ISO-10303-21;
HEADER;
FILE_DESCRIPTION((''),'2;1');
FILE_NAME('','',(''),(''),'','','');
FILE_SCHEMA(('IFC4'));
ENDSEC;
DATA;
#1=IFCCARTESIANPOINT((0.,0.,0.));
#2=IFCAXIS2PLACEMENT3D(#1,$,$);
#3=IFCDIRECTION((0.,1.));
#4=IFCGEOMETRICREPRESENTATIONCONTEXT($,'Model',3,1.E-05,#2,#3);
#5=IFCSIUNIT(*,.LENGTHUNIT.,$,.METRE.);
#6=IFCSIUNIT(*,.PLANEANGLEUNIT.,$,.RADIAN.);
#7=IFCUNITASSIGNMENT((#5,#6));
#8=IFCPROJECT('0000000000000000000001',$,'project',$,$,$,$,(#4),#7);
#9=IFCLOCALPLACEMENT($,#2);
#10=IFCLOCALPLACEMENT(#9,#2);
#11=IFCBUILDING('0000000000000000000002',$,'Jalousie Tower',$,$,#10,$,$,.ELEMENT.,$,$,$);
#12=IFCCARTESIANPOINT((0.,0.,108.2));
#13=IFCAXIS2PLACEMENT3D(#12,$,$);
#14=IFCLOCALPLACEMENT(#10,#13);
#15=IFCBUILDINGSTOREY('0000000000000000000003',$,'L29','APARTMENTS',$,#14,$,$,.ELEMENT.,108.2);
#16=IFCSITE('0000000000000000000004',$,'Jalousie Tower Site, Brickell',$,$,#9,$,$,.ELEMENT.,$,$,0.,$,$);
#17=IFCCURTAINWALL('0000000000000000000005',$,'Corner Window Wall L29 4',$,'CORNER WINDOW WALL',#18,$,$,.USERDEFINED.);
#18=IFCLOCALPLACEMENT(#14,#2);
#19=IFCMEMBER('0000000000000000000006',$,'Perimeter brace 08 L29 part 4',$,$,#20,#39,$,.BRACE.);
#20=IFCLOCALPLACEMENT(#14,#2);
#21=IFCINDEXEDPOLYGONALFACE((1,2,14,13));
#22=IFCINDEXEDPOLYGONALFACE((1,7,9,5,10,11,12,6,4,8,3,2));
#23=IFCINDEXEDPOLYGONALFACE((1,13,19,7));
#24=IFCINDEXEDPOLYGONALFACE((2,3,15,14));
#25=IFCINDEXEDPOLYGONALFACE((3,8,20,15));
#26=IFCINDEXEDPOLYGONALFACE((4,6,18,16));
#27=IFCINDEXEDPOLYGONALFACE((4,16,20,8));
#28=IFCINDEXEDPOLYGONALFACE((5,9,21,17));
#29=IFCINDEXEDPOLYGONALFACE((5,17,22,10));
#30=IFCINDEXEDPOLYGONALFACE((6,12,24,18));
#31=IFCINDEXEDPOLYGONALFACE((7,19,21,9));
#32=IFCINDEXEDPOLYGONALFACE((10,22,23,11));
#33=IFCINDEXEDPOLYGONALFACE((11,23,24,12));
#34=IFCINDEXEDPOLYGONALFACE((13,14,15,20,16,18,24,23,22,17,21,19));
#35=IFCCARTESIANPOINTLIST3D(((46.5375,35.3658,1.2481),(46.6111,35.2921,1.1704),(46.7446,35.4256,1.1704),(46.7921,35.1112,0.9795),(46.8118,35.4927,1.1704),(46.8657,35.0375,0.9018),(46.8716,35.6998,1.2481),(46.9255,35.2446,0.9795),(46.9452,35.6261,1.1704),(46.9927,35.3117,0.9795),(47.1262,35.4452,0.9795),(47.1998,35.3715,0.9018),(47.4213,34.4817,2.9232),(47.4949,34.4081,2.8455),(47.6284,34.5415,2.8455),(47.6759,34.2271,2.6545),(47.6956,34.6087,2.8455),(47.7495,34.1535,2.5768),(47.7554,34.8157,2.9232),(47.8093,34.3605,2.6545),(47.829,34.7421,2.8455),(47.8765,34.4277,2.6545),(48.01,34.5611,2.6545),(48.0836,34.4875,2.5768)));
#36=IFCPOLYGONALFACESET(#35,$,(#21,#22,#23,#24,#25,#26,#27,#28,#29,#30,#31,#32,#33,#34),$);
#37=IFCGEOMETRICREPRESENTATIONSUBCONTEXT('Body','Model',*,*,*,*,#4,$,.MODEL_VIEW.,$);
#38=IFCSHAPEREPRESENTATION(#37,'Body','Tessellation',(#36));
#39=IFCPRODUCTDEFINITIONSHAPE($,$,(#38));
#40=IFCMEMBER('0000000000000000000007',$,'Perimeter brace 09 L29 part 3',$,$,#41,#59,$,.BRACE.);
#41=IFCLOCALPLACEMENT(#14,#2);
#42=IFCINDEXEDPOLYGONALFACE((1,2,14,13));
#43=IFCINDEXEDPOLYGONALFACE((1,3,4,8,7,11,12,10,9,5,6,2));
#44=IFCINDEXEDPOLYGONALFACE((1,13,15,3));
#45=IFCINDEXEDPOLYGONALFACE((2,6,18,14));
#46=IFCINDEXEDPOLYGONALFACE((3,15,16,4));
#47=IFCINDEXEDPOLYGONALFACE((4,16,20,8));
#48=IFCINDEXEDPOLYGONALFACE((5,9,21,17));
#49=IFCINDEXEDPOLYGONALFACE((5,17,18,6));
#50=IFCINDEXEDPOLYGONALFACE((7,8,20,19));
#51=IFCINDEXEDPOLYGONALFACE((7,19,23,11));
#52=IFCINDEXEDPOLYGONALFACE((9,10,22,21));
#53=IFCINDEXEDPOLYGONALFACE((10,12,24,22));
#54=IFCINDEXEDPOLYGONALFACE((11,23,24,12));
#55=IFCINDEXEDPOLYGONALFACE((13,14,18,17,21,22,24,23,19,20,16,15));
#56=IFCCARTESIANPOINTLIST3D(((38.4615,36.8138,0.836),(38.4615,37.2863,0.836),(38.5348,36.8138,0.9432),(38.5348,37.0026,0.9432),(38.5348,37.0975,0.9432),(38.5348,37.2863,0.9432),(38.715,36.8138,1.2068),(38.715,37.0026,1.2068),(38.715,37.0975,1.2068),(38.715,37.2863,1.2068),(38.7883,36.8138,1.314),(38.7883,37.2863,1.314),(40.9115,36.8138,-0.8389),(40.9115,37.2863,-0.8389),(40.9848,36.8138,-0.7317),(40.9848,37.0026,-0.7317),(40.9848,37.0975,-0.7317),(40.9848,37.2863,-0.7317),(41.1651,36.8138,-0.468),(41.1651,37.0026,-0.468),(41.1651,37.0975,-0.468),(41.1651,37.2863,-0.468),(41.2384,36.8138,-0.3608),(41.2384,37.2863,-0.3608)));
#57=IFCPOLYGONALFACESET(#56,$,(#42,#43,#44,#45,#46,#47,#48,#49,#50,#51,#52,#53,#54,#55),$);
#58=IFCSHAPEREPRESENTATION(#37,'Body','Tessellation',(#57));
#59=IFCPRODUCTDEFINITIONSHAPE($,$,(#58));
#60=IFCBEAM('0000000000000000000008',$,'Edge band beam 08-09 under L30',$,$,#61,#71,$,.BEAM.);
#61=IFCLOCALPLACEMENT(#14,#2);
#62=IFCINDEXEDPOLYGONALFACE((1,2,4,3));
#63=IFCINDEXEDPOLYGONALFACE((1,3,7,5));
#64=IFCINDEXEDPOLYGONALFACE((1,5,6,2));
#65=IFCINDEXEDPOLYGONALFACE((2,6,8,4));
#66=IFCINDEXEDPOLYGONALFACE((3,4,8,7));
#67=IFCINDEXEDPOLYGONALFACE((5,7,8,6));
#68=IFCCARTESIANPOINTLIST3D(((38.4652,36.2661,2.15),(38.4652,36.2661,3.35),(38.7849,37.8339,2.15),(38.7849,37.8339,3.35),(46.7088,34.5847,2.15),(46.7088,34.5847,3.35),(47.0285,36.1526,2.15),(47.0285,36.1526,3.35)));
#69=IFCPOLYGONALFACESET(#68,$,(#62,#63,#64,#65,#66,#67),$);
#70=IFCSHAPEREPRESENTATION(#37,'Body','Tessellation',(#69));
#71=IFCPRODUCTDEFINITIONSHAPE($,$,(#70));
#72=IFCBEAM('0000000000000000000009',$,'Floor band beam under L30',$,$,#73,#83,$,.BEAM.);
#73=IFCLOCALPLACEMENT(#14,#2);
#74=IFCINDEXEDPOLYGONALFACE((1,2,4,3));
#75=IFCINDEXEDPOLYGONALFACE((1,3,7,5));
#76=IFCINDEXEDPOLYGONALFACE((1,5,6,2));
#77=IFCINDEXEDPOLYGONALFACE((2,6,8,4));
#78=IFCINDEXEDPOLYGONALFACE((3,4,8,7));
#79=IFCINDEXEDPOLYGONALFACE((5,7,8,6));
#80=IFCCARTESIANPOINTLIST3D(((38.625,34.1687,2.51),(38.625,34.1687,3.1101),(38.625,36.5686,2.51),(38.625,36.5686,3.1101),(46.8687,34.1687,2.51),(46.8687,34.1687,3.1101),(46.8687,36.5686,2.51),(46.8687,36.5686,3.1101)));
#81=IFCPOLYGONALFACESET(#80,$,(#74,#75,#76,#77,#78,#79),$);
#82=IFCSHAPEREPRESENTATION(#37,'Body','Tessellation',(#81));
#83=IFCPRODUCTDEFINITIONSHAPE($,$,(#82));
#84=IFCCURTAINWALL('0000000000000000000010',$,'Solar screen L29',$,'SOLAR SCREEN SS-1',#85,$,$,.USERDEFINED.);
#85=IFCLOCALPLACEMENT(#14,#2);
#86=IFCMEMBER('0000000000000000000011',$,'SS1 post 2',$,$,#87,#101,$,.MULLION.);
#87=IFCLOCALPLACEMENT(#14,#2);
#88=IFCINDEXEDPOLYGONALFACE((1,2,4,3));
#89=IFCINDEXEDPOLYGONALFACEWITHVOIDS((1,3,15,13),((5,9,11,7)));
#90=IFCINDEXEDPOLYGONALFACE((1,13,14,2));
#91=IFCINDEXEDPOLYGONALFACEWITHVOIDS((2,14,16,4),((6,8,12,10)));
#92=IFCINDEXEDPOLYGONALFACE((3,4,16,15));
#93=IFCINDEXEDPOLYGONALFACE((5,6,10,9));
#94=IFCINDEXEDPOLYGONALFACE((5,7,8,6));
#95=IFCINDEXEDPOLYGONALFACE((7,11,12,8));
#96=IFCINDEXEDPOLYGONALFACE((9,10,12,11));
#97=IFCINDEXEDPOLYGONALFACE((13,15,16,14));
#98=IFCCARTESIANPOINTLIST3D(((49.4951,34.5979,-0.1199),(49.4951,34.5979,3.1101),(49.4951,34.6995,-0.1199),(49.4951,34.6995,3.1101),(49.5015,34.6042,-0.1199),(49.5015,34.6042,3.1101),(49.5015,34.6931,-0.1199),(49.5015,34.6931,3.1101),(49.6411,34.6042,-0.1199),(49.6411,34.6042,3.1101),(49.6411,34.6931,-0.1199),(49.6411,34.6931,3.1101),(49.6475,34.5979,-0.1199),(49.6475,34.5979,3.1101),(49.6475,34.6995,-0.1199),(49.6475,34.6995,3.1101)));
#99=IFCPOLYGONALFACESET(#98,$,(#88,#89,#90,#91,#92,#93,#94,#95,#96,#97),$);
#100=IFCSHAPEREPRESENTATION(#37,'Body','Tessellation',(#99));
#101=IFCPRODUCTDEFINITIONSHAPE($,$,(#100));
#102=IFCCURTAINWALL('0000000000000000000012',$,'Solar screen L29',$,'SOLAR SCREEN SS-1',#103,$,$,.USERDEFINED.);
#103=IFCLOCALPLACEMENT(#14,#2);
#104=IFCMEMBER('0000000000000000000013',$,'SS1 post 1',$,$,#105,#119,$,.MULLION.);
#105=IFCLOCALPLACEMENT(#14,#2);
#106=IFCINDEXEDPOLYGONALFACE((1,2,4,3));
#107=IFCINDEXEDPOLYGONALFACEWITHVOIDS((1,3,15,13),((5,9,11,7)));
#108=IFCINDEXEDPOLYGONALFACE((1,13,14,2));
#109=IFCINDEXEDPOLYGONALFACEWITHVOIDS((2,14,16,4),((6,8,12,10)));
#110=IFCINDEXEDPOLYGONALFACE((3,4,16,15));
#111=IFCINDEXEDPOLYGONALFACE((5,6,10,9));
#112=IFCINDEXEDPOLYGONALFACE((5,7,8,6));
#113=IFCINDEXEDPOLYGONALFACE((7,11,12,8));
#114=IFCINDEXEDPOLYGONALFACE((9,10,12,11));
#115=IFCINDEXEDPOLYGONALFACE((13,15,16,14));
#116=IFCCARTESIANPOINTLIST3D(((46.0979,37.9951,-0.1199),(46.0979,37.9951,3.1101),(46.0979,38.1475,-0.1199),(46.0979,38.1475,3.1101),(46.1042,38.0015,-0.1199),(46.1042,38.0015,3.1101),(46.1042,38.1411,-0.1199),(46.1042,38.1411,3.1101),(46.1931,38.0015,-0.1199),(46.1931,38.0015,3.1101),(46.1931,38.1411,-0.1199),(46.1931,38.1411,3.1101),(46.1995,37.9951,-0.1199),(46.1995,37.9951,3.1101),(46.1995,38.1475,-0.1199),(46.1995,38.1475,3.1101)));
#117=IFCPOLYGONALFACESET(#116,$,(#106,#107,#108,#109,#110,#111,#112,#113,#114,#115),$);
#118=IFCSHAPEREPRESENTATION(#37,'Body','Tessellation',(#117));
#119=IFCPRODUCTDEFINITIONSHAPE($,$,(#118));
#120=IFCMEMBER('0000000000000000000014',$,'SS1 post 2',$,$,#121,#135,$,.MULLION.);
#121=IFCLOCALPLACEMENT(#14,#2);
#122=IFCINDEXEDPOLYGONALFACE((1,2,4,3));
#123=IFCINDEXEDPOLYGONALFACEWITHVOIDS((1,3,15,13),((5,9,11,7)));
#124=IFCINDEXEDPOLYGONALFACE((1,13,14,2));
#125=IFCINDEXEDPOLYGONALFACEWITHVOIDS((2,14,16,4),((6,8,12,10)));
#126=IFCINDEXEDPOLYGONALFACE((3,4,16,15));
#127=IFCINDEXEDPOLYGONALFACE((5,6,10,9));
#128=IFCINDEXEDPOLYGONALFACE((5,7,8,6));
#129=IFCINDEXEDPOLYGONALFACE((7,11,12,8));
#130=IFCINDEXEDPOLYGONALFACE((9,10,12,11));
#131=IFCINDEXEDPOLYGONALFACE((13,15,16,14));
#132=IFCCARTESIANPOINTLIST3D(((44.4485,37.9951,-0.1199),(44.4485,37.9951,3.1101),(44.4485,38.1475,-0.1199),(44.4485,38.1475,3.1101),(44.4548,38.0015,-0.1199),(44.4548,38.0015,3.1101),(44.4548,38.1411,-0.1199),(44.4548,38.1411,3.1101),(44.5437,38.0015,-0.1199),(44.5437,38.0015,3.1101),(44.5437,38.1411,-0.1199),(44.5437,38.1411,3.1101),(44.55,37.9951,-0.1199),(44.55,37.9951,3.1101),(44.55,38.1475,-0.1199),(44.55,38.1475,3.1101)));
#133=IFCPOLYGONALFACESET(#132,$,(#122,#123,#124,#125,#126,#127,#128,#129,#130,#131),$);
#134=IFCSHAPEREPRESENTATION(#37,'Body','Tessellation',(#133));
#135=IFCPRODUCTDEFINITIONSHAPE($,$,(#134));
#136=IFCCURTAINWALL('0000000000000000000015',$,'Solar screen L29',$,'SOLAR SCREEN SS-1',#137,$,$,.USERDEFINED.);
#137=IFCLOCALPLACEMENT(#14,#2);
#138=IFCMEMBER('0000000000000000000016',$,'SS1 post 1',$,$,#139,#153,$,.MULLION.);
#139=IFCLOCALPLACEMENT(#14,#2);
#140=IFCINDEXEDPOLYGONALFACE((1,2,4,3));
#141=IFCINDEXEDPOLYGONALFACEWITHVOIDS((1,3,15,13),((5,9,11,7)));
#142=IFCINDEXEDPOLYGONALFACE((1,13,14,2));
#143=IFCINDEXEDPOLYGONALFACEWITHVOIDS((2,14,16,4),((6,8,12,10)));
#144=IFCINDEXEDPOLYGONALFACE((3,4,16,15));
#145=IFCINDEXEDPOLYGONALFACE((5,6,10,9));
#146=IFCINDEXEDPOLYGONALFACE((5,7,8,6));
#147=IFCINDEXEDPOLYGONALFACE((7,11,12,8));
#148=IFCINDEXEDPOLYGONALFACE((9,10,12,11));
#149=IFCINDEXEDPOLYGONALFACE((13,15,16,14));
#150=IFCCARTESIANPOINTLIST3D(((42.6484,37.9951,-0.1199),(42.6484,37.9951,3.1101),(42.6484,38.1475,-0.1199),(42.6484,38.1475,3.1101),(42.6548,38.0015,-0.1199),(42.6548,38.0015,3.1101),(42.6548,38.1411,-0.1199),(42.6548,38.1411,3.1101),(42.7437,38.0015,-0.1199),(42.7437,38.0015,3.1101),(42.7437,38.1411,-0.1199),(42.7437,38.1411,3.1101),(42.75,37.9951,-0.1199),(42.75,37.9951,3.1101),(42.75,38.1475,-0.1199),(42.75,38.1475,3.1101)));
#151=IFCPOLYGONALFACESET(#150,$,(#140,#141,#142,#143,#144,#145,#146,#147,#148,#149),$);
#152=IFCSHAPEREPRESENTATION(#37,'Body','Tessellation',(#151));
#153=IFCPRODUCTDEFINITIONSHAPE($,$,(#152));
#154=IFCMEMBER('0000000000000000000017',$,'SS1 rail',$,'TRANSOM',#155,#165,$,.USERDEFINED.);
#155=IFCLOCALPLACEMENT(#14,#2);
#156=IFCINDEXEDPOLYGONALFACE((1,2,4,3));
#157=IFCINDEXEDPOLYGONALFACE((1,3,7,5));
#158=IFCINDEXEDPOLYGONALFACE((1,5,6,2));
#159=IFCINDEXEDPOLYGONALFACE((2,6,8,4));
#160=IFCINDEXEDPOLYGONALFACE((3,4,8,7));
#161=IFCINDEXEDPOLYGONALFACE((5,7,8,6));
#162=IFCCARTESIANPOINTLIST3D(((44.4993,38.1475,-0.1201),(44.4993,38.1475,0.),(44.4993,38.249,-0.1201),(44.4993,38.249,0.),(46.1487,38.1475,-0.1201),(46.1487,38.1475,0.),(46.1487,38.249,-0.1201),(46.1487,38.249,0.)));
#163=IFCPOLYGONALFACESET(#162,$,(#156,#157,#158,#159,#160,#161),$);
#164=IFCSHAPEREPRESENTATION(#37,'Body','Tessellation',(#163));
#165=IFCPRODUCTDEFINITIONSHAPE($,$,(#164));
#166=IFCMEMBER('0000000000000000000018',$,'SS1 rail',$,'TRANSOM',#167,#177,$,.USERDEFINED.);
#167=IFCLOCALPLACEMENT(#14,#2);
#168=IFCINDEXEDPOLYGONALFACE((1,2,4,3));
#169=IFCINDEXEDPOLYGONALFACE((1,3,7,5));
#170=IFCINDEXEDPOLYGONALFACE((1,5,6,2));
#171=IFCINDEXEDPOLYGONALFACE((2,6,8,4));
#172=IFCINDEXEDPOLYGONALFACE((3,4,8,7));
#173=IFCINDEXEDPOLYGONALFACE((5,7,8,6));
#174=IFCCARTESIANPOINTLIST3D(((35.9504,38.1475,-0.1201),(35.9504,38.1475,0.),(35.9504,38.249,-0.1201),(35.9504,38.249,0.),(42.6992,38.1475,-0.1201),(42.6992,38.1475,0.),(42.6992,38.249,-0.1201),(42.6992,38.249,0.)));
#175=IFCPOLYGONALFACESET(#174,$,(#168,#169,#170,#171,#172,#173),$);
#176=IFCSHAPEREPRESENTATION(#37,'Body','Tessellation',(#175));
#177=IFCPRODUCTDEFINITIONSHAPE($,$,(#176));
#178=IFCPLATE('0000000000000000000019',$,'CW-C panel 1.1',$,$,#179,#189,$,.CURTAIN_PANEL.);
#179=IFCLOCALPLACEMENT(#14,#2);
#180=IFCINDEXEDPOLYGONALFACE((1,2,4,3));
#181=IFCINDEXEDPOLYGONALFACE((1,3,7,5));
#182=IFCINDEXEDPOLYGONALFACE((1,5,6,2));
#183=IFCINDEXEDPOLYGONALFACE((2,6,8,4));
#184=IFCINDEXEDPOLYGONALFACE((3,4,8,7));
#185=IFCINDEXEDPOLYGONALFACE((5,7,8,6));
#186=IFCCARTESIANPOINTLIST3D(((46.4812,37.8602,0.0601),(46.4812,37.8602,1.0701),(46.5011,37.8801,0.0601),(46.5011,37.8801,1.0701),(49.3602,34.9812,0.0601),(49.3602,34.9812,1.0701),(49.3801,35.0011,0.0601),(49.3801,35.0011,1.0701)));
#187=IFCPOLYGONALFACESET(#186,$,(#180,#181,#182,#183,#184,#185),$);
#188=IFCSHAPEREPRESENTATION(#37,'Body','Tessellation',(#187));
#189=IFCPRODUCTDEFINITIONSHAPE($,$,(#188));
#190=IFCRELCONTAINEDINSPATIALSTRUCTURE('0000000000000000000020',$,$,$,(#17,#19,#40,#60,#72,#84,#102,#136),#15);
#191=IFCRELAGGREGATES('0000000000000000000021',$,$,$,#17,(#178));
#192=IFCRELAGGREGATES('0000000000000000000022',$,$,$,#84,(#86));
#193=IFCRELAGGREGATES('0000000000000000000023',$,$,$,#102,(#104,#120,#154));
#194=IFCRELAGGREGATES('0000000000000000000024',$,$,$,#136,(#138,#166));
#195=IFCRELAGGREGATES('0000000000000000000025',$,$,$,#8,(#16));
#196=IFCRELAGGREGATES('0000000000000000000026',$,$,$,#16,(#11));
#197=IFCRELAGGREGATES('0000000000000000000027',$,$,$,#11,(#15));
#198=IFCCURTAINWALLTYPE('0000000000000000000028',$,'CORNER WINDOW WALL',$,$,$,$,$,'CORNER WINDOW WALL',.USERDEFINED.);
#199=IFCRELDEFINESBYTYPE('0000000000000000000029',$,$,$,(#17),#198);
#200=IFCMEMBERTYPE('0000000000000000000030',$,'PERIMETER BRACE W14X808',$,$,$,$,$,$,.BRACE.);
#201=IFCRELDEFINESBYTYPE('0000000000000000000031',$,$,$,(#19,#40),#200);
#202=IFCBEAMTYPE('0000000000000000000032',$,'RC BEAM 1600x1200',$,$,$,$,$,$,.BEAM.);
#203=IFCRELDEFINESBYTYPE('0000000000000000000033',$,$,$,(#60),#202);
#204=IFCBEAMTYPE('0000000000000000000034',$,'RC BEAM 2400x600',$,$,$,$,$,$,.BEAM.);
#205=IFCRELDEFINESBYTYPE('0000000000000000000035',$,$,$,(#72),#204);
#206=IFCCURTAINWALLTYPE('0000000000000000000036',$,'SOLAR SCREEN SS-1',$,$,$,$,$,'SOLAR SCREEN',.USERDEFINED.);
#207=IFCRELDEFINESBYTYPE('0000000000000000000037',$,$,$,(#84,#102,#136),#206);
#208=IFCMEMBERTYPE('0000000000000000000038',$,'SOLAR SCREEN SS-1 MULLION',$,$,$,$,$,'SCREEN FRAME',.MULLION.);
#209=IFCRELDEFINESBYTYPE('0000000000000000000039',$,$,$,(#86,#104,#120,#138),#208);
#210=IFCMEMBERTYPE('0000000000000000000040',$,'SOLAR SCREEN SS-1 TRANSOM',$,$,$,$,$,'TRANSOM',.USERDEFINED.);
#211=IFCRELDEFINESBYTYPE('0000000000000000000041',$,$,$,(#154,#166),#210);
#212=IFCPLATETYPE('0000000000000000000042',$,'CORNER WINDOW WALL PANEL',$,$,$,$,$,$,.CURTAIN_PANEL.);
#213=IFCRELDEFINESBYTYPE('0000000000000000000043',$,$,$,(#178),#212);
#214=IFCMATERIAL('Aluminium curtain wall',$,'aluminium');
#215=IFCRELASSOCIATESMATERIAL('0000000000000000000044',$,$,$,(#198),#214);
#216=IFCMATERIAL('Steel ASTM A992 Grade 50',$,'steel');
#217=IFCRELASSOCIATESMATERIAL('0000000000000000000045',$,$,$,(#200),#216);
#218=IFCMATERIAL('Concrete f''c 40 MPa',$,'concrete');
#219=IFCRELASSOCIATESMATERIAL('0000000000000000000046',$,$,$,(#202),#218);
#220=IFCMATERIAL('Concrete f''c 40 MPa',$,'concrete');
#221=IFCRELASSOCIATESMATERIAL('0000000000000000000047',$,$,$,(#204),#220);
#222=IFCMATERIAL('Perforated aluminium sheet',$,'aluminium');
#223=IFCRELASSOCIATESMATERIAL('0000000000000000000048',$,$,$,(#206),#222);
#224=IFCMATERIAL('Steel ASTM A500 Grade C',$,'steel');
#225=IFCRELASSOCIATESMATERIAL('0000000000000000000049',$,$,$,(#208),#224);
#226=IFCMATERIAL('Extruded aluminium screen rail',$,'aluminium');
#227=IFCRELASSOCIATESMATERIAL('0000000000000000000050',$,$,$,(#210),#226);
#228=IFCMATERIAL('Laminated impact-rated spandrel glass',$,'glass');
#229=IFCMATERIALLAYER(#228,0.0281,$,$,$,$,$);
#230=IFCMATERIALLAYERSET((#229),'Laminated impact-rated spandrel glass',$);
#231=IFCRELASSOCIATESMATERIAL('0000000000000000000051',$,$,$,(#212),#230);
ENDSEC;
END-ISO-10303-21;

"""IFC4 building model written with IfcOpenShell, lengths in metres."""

from ifc_helpers import new_model, si_unit, direction, frame, origin, origin_2d, place, context, subcontext, project, spatial, rectangle, hollow_rectangle, i_section, extrude, material, layer, layer_set, material_profile, profile_set, type_object, element, aggregate, save


model = new_model("IFC4")

# Units and contexts
model_context = context("Model", 3, precision=1e-05, world=origin(), true_north=direction((0.0, 1.0)))
body_context = subcontext(model_context, "Body", "Model", "MODEL_VIEW")
ifc_project = project(units=[si_unit("LENGTHUNIT", "METRE"), si_unit("PLANEANGLEUNIT", "RADIAN")], contexts=[model_context])

# Site, building, storey
site_placement = place(None, origin())
site = spatial("IfcSite", under=ifc_project, at=site_placement, Name="Jalousie Tower Site, Brickell", CompositionType="ELEMENT", RefElevation=0.0)
building_placement = place(site_placement, origin())
building = spatial("IfcBuilding", under=site, at=building_placement, Name="Jalousie Tower", CompositionType="ELEMENT")
storey_placement = place(building_placement, frame((0.0, 0.0, 108.2)))
storey = spatial("IfcBuildingStorey", under=building, at=storey_placement, Name="L29", Description="APARTMENTS", CompositionType="ELEMENT", Elevation=108.2)

# Curtain wall
ifc_material_1 = material(Name="Aluminium curtain wall", Category="aluminium")
curtain_wall_type_1 = type_object("IfcCurtainWallType", Name="CORNER WINDOW WALL", ElementType="CORNER WINDOW WALL", PredefinedType="USERDEFINED", material=ifc_material_1)
curtain_wall_1_placement = place(storey_placement, origin())
curtain_wall_1 = element("IfcCurtainWall", 1, at=curtain_wall_1_placement, inside=storey, type_object=curtain_wall_type_1, Name="Corner Window Wall L29 4", ObjectType="CORNER WINDOW WALL", PredefinedType="USERDEFINED")

# Members
ifc_material_2 = material(Name="Steel ASTM A992 Grade 50", Category="steel")
ifc_material_profile_1 = material_profile(ifc_material_2, i_section(OverallWidth=0.4724, OverallDepth=0.5791, WebThickness=0.095, FlangeThickness=0.1299, at=origin_2d()), Name="W14X808")
ifc_profile_set_1 = profile_set([ifc_material_profile_1], Name="Steel ASTM A992 Grade 50")
member_type_1 = type_object("IfcMemberType", Name="PERIMETER BRACE W14X808", PredefinedType="BRACE", material=ifc_profile_set_1)
member_1_placement = place(storey_placement, frame((46.8687, 35.3687, 1.075), z_axis=(0.422852, -0.422969, 0.801432), x_axis=(0.707204, 0.707009, 0.0)))
element("IfcMember", 2, at=member_1_placement, inside=storey, type_object=member_type_1, Name="Perimeter brace 08 L29 part 4", PredefinedType="BRACE", context=body_context, shape_type="SweptSolid", body=[
    extrude(i_section(OverallWidth=0.4724, OverallDepth=0.5791, WebThickness=0.095, FlangeThickness=0.1299, at=origin_2d()), origin(), (0.0, 0.0, 1.0), 2.0901),
])
member_2_placement = place(storey_placement, frame((41.075, 37.05, -0.5999), z_axis=(-0.825539, 0.0, 0.564345), x_axis=(0.0, -1.0, 0.0)))
element("IfcMember", 3, at=member_2_placement, inside=storey, type_object=member_type_1, Name="Perimeter brace 09 L29 part 3", PredefinedType="BRACE", context=body_context, shape_type="SweptSolid", body=[
    extrude(i_section(OverallWidth=0.4724, OverallDepth=0.5791, WebThickness=0.095, FlangeThickness=0.1299, at=origin_2d()), origin(), (0.0, 0.0, 1.0), 2.9678),
])

# Beams
ifc_material_3 = material(Name="Concrete f'c 40 MPa", Category="concrete")
ifc_material_profile_2 = material_profile(ifc_material_3, rectangle(XDim=1.6001, YDim=1.2, at=origin_2d()), Name="RC 1600x1200")
ifc_profile_set_2 = profile_set([ifc_material_profile_2], Name="Concrete f'c 40 MPa")
beam_type_1 = type_object("IfcBeamType", Name="RC BEAM 1600x1200", PredefinedType="BEAM", material=ifc_profile_set_2)
beam_1_placement = place(storey_placement, frame((46.8687, 35.3687, 2.75), z_axis=(-0.979827, 0.199848, 0.0), x_axis=(-0.199848, -0.979827, 0.0)))
element("IfcBeam", 4, at=beam_1_placement, inside=storey, type_object=beam_type_1, Name="Edge band beam 08-09 under L30", PredefinedType="BEAM", context=body_context, shape_type="SweptSolid", body=[
    extrude(rectangle(XDim=1.6001, YDim=1.2, at=origin_2d()), origin(), (0.0, 0.0, 1.0), 8.4133),
])
ifc_material_4 = material(Name="Concrete f'c 40 MPa", Category="concrete")
ifc_material_profile_3 = material_profile(ifc_material_4, rectangle(XDim=2.3999, YDim=0.6001, at=origin_2d()), Name="RC 2400x600")
ifc_profile_set_3 = profile_set([ifc_material_profile_3], Name="Concrete f'c 40 MPa")
beam_type_2 = type_object("IfcBeamType", Name="RC BEAM 2400x600", PredefinedType="BEAM", material=ifc_profile_set_3)
beam_2_placement = place(storey_placement, frame((46.8687, 35.3687, 2.8101), z_axis=(-1.0, 0.0, 0.0), x_axis=(0.0, -1.0, 0.0)))
element("IfcBeam", 5, at=beam_2_placement, inside=storey, type_object=beam_type_2, Name="Floor band beam under L30", PredefinedType="BEAM", context=body_context, shape_type="SweptSolid", body=[
    extrude(rectangle(XDim=2.3999, YDim=0.6001, at=origin_2d()), origin(), (0.0, 0.0, 1.0), 8.2437),
])

# Curtain wall, member
ifc_material_5 = material(Name="Perforated aluminium sheet", Category="aluminium")
curtain_wall_type_2 = type_object("IfcCurtainWallType", Name="SOLAR SCREEN SS-1", ElementType="SOLAR SCREEN", PredefinedType="USERDEFINED", material=ifc_material_5)
curtain_wall_2_placement = place(storey_placement, origin())
curtain_wall_2 = element("IfcCurtainWall", 6, at=curtain_wall_2_placement, inside=storey, type_object=curtain_wall_type_2, Name="Solar screen L29", ObjectType="SOLAR SCREEN SS-1", PredefinedType="USERDEFINED")
ifc_material_6 = material(Name="Steel ASTM A500 Grade C", Category="steel")
ifc_material_profile_4 = material_profile(ifc_material_6, hollow_rectangle(XDim=0.1016, YDim=0.1523, WallThickness=0.0063, at=origin_2d()), Name="HSS6X4X1/4")
ifc_profile_set_4 = profile_set([ifc_material_profile_4], Name="Steel ASTM A500 Grade C")
member_type_2 = type_object("IfcMemberType", Name="SOLAR SCREEN SS-1 MULLION", ElementType="SCREEN FRAME", PredefinedType="MULLION", material=ifc_profile_set_4)
member_3_placement = place(storey_placement, frame((49.5713, 34.6487, -0.1199), z_axis=(0.0, 0.0, 1.0), x_axis=(0.0, 1.0, 0.0)))
member_3 = element("IfcMember", 7, at=member_3_placement, type_object=member_type_2, Name="SS1 post 2", PredefinedType="MULLION", context=body_context, shape_type="SweptSolid", body=[
    extrude(hollow_rectangle(XDim=0.1016, YDim=0.1523, WallThickness=0.0063, at=origin_2d()), origin(), (0.0, 0.0, 1.0), 3.23),
])

# Curtain wall, members
curtain_wall_3_placement = place(storey_placement, origin())
curtain_wall_3 = element("IfcCurtainWall", 8, at=curtain_wall_3_placement, inside=storey, type_object=curtain_wall_type_2, Name="Solar screen L29", ObjectType="SOLAR SCREEN SS-1", PredefinedType="USERDEFINED")
member_4_placement = place(storey_placement, frame((46.1487, 38.0713, -0.1199), z_axis=(0.0, 0.0, 1.0), x_axis=(-1.0, 0.0, 0.0)))
member_4 = element("IfcMember", 9, at=member_4_placement, type_object=member_type_2, Name="SS1 post 1", PredefinedType="MULLION", context=body_context, shape_type="SweptSolid", body=[
    extrude(hollow_rectangle(XDim=0.1016, YDim=0.1523, WallThickness=0.0063, at=origin_2d()), origin(), (0.0, 0.0, 1.0), 3.23),
])
member_5_placement = place(storey_placement, frame((44.4993, 38.0713, -0.1199), z_axis=(0.0, 0.0, 1.0), x_axis=(-1.0, 0.0, 0.0)))
member_5 = element("IfcMember", 10, at=member_5_placement, type_object=member_type_2, Name="SS1 post 2", PredefinedType="MULLION", context=body_context, shape_type="SweptSolid", body=[
    extrude(hollow_rectangle(XDim=0.1016, YDim=0.1523, WallThickness=0.0063, at=origin_2d()), origin(), (0.0, 0.0, 1.0), 3.23),
])

# Curtain wall, member
curtain_wall_4_placement = place(storey_placement, origin())
curtain_wall_4 = element("IfcCurtainWall", 11, at=curtain_wall_4_placement, inside=storey, type_object=curtain_wall_type_2, Name="Solar screen L29", ObjectType="SOLAR SCREEN SS-1", PredefinedType="USERDEFINED")
member_6_placement = place(storey_placement, frame((42.6992, 38.0713, -0.1199), z_axis=(0.0, 0.0, 1.0), x_axis=(-1.0, 0.0, 0.0)))
member_6 = element("IfcMember", 12, at=member_6_placement, type_object=member_type_2, Name="SS1 post 1", PredefinedType="MULLION", context=body_context, shape_type="SweptSolid", body=[
    extrude(hollow_rectangle(XDim=0.1016, YDim=0.1523, WallThickness=0.0063, at=origin_2d()), origin(), (0.0, 0.0, 1.0), 3.23),
])

# Members
ifc_material_7 = material(Name="Extruded aluminium screen rail", Category="aluminium")
ifc_material_profile_5 = material_profile(ifc_material_7, rectangle(XDim=0.1016, YDim=0.1201, at=origin_2d()), Name="RAIL 102x120")
ifc_profile_set_5 = profile_set([ifc_material_profile_5], Name="Extruded aluminium screen rail")
member_type_3 = type_object("IfcMemberType", Name="SOLAR SCREEN SS-1 TRANSOM", ElementType="TRANSOM", PredefinedType="USERDEFINED", material=ifc_profile_set_5)
member_7_placement = place(storey_placement, frame((46.1487, 38.1982, -0.0601), z_axis=(-1.0, 0.0, 0.0), x_axis=(0.0, -1.0, 0.0)))
member_7 = element("IfcMember", 13, at=member_7_placement, type_object=member_type_3, Name="SS1 rail", ObjectType="TRANSOM", PredefinedType="USERDEFINED", context=body_context, shape_type="SweptSolid", body=[
    extrude(rectangle(XDim=0.1016, YDim=0.1201, at=origin_2d()), origin(), (0.0, 0.0, 1.0), 1.6494),
])
member_8_placement = place(storey_placement, frame((42.6992, 38.1982, -0.0601), z_axis=(-1.0, 0.0, 0.0), x_axis=(0.0, -1.0, 0.0)))
member_8 = element("IfcMember", 14, at=member_8_placement, type_object=member_type_3, Name="SS1 rail", ObjectType="TRANSOM", PredefinedType="USERDEFINED", context=body_context, shape_type="SweptSolid", body=[
    extrude(rectangle(XDim=0.1016, YDim=0.1201, at=origin_2d()), origin(), (0.0, 0.0, 1.0), 6.7488),
])

# Plate
ifc_material_8 = material(Name="Laminated impact-rated spandrel glass", Category="glass")
ifc_layer_1 = layer(ifc_material_8, 0.0281)
ifc_layer_set_1 = layer_set([ifc_layer_1], Name="Laminated impact-rated spandrel glass")
plate_type_1 = type_object("IfcPlateType", Name="CORNER WINDOW WALL PANEL", PredefinedType="CURTAIN_PANEL", material=ifc_layer_set_1)
plate_1_placement = place(storey_placement, frame((47.9307, 36.4307, 0.0601), z_axis=(0.0, 0.0, 1.0), x_axis=(-0.707107, 0.707107, 0.0)))
plate_1 = element("IfcPlate", 15, at=plate_1_placement, type_object=plate_type_1, Name="CW-C panel 1.1", PredefinedType="CURTAIN_PANEL", context=body_context, shape_type="SweptSolid", body=[
    extrude(rectangle(XDim=4.0715, YDim=0.0281, at=origin_2d()), origin(), (0.0, 0.0, 1.0), 1.01),
])
aggregate(curtain_wall_1, [plate_1])
aggregate(curtain_wall_2, [member_3])
aggregate(curtain_wall_3, [member_4, member_5, member_7])
aggregate(curtain_wall_4, [member_6, member_8])

save(model, "model.ifc")
